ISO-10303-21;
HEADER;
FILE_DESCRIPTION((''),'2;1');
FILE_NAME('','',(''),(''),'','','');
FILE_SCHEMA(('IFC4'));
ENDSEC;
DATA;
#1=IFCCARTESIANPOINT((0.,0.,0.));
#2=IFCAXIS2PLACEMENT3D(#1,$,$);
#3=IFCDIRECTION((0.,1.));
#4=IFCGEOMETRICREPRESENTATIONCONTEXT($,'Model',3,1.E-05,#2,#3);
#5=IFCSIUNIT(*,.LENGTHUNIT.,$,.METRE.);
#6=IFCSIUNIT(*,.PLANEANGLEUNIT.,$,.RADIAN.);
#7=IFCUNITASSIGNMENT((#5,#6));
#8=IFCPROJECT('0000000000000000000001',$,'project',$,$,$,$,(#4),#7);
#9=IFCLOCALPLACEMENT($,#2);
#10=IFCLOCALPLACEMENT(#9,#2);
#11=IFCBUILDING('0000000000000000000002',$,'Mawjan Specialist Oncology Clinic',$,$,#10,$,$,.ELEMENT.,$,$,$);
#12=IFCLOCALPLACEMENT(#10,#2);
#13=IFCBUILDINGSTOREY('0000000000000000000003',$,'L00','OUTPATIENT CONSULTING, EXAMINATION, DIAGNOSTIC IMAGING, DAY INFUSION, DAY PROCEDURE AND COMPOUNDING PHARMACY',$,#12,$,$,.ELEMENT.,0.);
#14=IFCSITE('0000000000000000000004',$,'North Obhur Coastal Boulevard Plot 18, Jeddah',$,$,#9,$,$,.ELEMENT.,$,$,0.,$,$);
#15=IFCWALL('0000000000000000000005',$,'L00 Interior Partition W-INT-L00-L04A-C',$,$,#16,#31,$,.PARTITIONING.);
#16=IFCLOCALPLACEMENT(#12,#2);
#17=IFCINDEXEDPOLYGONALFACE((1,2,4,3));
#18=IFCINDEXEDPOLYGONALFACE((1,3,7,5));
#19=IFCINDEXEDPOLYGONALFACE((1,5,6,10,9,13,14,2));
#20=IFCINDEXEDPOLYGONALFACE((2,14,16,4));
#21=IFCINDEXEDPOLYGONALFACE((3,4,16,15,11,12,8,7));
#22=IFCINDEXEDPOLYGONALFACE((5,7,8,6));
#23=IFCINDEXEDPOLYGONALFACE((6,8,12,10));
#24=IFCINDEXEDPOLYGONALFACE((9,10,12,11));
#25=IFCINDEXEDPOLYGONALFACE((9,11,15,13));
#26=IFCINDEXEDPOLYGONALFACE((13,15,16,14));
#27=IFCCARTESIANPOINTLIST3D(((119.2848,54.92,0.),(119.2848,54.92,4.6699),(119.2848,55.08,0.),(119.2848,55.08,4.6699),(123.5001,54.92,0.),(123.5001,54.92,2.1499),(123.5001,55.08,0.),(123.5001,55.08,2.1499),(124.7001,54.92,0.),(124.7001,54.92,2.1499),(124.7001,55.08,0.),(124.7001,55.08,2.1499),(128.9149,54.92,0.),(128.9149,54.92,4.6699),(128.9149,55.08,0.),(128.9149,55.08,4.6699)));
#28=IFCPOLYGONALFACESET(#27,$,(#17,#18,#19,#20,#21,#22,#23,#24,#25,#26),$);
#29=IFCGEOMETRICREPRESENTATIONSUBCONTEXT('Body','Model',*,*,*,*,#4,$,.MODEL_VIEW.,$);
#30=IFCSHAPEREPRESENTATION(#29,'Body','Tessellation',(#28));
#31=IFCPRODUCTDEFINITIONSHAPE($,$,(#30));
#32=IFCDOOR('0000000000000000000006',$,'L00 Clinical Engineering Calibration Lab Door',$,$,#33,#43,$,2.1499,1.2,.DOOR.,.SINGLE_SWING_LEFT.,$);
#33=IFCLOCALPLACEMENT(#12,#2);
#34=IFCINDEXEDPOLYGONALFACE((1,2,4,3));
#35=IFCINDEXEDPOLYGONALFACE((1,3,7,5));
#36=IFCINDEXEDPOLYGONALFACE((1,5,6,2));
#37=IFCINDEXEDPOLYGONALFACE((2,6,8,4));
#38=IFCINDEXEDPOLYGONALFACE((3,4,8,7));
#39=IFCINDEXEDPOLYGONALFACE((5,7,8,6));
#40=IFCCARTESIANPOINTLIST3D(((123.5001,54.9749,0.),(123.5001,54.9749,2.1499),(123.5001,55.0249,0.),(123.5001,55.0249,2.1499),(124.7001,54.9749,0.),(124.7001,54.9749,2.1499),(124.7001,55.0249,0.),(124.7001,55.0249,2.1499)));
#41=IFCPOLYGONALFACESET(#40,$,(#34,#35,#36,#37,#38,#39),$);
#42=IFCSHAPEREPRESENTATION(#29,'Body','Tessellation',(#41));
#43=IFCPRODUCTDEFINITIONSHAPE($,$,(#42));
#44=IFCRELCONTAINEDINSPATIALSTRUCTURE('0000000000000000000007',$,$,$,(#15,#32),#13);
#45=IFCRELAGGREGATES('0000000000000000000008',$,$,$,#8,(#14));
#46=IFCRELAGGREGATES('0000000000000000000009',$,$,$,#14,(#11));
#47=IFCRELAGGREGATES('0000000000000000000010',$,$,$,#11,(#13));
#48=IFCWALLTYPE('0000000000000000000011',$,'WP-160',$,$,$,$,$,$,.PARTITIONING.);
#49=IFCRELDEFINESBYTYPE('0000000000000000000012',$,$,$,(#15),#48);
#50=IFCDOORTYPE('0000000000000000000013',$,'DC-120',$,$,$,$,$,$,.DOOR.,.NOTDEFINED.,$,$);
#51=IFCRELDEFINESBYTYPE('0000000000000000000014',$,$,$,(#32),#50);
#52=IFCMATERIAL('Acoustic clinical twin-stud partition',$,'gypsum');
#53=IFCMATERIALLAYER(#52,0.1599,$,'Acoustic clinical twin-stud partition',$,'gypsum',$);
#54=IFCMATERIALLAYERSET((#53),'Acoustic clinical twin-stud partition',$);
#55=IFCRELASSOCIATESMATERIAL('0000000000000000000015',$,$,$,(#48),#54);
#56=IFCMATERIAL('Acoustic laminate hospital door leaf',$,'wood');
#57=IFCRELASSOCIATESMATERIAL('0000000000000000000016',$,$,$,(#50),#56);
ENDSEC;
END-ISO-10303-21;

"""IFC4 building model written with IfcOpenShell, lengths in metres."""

from ifc_helpers import new_model, si_unit, direction, frame, frame_2d, origin, place, context, subcontext, project, spatial, rectangle, extrude, material, layer, layer_set, type_object, element, fill, save


model = new_model("IFC4")

# Units and contexts
model_context = context("Model", 3, precision=1e-05, world=origin(), true_north=direction((0.0, 1.0)))
body_context = subcontext(model_context, "Body", "Model", "MODEL_VIEW")
ifc_project = project(units=[si_unit("LENGTHUNIT", "METRE"), si_unit("PLANEANGLEUNIT", "RADIAN")], contexts=[model_context])

# Site, building, storey
site_placement = place(None, origin())
site = spatial("IfcSite", under=ifc_project, at=site_placement, Name="North Obhur Coastal Boulevard Plot 18, Jeddah", CompositionType="ELEMENT", RefElevation=0.0)
building_placement = place(site_placement, origin())
building = spatial("IfcBuilding", under=site, at=building_placement, Name="Mawjan Specialist Oncology Clinic", CompositionType="ELEMENT")
storey_placement = place(building_placement, origin())
storey = spatial("IfcBuildingStorey", under=building, at=storey_placement, Name="L00", Description="OUTPATIENT CONSULTING, EXAMINATION, DIAGNOSTIC IMAGING, DAY INFUSION, DAY PROCEDURE AND COMPOUNDING PHARMACY", CompositionType="ELEMENT", Elevation=0.0)

# Wall, opening, door
ifc_material_1 = material(Name="Acoustic clinical twin-stud partition", Category="gypsum")
ifc_layer_1 = layer(ifc_material_1, 0.1599, Name="Acoustic clinical twin-stud partition", Category="gypsum")
ifc_layer_set_1 = layer_set([ifc_layer_1], Name="Acoustic clinical twin-stud partition")
wall_type_1 = type_object("IfcWallType", Name="WP-160", PredefinedType="PARTITIONING", material=ifc_layer_set_1)
wall_1_placement = place(storey_placement, frame((119.2849, 55.0, 0.0), z_axis=(0.0, 0.0, 1.0), x_axis=(1.0, 0.0, 0.0)))
wall_1 = element("IfcWall", 1, at=wall_1_placement, inside=storey, type_object=wall_type_1, Name="L00 Interior Partition W-INT-L00-L04A-C", PredefinedType="PARTITIONING", context=body_context, shape_type="SweptSolid", body=[
    extrude(rectangle(XDim=9.6301, YDim=0.1599, at=frame_2d((4.8149, 0.0))), origin(), (0.0, 0.0, 1.0), 4.6699),
])
opening_1_placement = place(wall_1_placement, frame((4.2151, 0.0, 0.0)))
opening_1 = element("IfcOpeningElement", 2, at=opening_1_placement, cuts=wall_1, PredefinedType="OPENING", context=body_context, shape_type="SweptSolid", body=[
    extrude(rectangle(XDim=1.2, YDim=2.1499, at=frame_2d((0.6001, 1.075))), frame((0.0, 0.092, 0.0), z_axis=(0.0, -1.0, 0.0), x_axis=(1.0, 0.0, 0.0)), (0.0, 0.0, 1.0), 0.1838),
])
ifc_material_2 = material(Name="Acoustic laminate hospital door leaf", Category="wood")
door_type_1 = type_object("IfcDoorType", Name="DC-120", OperationType="NOTDEFINED", PredefinedType="DOOR", material=ifc_material_2)
door_1_placement = place(opening_1_placement, origin())
door_1 = element("IfcDoor", 3, at=door_1_placement, inside=storey, type_object=door_type_1, Name="L00 Clinical Engineering Calibration Lab Door", OperationType="SINGLE_SWING_LEFT", OverallHeight=2.1499, OverallWidth=1.2, PredefinedType="DOOR", context=body_context, shape_type="SweptSolid", body=[
    extrude(rectangle(XDim=1.2, YDim=2.1499, at=frame_2d((0.6001, 1.075))), frame((0.0, 0.0249, 0.0), z_axis=(0.0, -1.0, 0.0), x_axis=(1.0, 0.0, 0.0)), (0.0, 0.0, 1.0), 0.05),
])
fill(opening_1, door_1)

save(model, "model.ifc")
